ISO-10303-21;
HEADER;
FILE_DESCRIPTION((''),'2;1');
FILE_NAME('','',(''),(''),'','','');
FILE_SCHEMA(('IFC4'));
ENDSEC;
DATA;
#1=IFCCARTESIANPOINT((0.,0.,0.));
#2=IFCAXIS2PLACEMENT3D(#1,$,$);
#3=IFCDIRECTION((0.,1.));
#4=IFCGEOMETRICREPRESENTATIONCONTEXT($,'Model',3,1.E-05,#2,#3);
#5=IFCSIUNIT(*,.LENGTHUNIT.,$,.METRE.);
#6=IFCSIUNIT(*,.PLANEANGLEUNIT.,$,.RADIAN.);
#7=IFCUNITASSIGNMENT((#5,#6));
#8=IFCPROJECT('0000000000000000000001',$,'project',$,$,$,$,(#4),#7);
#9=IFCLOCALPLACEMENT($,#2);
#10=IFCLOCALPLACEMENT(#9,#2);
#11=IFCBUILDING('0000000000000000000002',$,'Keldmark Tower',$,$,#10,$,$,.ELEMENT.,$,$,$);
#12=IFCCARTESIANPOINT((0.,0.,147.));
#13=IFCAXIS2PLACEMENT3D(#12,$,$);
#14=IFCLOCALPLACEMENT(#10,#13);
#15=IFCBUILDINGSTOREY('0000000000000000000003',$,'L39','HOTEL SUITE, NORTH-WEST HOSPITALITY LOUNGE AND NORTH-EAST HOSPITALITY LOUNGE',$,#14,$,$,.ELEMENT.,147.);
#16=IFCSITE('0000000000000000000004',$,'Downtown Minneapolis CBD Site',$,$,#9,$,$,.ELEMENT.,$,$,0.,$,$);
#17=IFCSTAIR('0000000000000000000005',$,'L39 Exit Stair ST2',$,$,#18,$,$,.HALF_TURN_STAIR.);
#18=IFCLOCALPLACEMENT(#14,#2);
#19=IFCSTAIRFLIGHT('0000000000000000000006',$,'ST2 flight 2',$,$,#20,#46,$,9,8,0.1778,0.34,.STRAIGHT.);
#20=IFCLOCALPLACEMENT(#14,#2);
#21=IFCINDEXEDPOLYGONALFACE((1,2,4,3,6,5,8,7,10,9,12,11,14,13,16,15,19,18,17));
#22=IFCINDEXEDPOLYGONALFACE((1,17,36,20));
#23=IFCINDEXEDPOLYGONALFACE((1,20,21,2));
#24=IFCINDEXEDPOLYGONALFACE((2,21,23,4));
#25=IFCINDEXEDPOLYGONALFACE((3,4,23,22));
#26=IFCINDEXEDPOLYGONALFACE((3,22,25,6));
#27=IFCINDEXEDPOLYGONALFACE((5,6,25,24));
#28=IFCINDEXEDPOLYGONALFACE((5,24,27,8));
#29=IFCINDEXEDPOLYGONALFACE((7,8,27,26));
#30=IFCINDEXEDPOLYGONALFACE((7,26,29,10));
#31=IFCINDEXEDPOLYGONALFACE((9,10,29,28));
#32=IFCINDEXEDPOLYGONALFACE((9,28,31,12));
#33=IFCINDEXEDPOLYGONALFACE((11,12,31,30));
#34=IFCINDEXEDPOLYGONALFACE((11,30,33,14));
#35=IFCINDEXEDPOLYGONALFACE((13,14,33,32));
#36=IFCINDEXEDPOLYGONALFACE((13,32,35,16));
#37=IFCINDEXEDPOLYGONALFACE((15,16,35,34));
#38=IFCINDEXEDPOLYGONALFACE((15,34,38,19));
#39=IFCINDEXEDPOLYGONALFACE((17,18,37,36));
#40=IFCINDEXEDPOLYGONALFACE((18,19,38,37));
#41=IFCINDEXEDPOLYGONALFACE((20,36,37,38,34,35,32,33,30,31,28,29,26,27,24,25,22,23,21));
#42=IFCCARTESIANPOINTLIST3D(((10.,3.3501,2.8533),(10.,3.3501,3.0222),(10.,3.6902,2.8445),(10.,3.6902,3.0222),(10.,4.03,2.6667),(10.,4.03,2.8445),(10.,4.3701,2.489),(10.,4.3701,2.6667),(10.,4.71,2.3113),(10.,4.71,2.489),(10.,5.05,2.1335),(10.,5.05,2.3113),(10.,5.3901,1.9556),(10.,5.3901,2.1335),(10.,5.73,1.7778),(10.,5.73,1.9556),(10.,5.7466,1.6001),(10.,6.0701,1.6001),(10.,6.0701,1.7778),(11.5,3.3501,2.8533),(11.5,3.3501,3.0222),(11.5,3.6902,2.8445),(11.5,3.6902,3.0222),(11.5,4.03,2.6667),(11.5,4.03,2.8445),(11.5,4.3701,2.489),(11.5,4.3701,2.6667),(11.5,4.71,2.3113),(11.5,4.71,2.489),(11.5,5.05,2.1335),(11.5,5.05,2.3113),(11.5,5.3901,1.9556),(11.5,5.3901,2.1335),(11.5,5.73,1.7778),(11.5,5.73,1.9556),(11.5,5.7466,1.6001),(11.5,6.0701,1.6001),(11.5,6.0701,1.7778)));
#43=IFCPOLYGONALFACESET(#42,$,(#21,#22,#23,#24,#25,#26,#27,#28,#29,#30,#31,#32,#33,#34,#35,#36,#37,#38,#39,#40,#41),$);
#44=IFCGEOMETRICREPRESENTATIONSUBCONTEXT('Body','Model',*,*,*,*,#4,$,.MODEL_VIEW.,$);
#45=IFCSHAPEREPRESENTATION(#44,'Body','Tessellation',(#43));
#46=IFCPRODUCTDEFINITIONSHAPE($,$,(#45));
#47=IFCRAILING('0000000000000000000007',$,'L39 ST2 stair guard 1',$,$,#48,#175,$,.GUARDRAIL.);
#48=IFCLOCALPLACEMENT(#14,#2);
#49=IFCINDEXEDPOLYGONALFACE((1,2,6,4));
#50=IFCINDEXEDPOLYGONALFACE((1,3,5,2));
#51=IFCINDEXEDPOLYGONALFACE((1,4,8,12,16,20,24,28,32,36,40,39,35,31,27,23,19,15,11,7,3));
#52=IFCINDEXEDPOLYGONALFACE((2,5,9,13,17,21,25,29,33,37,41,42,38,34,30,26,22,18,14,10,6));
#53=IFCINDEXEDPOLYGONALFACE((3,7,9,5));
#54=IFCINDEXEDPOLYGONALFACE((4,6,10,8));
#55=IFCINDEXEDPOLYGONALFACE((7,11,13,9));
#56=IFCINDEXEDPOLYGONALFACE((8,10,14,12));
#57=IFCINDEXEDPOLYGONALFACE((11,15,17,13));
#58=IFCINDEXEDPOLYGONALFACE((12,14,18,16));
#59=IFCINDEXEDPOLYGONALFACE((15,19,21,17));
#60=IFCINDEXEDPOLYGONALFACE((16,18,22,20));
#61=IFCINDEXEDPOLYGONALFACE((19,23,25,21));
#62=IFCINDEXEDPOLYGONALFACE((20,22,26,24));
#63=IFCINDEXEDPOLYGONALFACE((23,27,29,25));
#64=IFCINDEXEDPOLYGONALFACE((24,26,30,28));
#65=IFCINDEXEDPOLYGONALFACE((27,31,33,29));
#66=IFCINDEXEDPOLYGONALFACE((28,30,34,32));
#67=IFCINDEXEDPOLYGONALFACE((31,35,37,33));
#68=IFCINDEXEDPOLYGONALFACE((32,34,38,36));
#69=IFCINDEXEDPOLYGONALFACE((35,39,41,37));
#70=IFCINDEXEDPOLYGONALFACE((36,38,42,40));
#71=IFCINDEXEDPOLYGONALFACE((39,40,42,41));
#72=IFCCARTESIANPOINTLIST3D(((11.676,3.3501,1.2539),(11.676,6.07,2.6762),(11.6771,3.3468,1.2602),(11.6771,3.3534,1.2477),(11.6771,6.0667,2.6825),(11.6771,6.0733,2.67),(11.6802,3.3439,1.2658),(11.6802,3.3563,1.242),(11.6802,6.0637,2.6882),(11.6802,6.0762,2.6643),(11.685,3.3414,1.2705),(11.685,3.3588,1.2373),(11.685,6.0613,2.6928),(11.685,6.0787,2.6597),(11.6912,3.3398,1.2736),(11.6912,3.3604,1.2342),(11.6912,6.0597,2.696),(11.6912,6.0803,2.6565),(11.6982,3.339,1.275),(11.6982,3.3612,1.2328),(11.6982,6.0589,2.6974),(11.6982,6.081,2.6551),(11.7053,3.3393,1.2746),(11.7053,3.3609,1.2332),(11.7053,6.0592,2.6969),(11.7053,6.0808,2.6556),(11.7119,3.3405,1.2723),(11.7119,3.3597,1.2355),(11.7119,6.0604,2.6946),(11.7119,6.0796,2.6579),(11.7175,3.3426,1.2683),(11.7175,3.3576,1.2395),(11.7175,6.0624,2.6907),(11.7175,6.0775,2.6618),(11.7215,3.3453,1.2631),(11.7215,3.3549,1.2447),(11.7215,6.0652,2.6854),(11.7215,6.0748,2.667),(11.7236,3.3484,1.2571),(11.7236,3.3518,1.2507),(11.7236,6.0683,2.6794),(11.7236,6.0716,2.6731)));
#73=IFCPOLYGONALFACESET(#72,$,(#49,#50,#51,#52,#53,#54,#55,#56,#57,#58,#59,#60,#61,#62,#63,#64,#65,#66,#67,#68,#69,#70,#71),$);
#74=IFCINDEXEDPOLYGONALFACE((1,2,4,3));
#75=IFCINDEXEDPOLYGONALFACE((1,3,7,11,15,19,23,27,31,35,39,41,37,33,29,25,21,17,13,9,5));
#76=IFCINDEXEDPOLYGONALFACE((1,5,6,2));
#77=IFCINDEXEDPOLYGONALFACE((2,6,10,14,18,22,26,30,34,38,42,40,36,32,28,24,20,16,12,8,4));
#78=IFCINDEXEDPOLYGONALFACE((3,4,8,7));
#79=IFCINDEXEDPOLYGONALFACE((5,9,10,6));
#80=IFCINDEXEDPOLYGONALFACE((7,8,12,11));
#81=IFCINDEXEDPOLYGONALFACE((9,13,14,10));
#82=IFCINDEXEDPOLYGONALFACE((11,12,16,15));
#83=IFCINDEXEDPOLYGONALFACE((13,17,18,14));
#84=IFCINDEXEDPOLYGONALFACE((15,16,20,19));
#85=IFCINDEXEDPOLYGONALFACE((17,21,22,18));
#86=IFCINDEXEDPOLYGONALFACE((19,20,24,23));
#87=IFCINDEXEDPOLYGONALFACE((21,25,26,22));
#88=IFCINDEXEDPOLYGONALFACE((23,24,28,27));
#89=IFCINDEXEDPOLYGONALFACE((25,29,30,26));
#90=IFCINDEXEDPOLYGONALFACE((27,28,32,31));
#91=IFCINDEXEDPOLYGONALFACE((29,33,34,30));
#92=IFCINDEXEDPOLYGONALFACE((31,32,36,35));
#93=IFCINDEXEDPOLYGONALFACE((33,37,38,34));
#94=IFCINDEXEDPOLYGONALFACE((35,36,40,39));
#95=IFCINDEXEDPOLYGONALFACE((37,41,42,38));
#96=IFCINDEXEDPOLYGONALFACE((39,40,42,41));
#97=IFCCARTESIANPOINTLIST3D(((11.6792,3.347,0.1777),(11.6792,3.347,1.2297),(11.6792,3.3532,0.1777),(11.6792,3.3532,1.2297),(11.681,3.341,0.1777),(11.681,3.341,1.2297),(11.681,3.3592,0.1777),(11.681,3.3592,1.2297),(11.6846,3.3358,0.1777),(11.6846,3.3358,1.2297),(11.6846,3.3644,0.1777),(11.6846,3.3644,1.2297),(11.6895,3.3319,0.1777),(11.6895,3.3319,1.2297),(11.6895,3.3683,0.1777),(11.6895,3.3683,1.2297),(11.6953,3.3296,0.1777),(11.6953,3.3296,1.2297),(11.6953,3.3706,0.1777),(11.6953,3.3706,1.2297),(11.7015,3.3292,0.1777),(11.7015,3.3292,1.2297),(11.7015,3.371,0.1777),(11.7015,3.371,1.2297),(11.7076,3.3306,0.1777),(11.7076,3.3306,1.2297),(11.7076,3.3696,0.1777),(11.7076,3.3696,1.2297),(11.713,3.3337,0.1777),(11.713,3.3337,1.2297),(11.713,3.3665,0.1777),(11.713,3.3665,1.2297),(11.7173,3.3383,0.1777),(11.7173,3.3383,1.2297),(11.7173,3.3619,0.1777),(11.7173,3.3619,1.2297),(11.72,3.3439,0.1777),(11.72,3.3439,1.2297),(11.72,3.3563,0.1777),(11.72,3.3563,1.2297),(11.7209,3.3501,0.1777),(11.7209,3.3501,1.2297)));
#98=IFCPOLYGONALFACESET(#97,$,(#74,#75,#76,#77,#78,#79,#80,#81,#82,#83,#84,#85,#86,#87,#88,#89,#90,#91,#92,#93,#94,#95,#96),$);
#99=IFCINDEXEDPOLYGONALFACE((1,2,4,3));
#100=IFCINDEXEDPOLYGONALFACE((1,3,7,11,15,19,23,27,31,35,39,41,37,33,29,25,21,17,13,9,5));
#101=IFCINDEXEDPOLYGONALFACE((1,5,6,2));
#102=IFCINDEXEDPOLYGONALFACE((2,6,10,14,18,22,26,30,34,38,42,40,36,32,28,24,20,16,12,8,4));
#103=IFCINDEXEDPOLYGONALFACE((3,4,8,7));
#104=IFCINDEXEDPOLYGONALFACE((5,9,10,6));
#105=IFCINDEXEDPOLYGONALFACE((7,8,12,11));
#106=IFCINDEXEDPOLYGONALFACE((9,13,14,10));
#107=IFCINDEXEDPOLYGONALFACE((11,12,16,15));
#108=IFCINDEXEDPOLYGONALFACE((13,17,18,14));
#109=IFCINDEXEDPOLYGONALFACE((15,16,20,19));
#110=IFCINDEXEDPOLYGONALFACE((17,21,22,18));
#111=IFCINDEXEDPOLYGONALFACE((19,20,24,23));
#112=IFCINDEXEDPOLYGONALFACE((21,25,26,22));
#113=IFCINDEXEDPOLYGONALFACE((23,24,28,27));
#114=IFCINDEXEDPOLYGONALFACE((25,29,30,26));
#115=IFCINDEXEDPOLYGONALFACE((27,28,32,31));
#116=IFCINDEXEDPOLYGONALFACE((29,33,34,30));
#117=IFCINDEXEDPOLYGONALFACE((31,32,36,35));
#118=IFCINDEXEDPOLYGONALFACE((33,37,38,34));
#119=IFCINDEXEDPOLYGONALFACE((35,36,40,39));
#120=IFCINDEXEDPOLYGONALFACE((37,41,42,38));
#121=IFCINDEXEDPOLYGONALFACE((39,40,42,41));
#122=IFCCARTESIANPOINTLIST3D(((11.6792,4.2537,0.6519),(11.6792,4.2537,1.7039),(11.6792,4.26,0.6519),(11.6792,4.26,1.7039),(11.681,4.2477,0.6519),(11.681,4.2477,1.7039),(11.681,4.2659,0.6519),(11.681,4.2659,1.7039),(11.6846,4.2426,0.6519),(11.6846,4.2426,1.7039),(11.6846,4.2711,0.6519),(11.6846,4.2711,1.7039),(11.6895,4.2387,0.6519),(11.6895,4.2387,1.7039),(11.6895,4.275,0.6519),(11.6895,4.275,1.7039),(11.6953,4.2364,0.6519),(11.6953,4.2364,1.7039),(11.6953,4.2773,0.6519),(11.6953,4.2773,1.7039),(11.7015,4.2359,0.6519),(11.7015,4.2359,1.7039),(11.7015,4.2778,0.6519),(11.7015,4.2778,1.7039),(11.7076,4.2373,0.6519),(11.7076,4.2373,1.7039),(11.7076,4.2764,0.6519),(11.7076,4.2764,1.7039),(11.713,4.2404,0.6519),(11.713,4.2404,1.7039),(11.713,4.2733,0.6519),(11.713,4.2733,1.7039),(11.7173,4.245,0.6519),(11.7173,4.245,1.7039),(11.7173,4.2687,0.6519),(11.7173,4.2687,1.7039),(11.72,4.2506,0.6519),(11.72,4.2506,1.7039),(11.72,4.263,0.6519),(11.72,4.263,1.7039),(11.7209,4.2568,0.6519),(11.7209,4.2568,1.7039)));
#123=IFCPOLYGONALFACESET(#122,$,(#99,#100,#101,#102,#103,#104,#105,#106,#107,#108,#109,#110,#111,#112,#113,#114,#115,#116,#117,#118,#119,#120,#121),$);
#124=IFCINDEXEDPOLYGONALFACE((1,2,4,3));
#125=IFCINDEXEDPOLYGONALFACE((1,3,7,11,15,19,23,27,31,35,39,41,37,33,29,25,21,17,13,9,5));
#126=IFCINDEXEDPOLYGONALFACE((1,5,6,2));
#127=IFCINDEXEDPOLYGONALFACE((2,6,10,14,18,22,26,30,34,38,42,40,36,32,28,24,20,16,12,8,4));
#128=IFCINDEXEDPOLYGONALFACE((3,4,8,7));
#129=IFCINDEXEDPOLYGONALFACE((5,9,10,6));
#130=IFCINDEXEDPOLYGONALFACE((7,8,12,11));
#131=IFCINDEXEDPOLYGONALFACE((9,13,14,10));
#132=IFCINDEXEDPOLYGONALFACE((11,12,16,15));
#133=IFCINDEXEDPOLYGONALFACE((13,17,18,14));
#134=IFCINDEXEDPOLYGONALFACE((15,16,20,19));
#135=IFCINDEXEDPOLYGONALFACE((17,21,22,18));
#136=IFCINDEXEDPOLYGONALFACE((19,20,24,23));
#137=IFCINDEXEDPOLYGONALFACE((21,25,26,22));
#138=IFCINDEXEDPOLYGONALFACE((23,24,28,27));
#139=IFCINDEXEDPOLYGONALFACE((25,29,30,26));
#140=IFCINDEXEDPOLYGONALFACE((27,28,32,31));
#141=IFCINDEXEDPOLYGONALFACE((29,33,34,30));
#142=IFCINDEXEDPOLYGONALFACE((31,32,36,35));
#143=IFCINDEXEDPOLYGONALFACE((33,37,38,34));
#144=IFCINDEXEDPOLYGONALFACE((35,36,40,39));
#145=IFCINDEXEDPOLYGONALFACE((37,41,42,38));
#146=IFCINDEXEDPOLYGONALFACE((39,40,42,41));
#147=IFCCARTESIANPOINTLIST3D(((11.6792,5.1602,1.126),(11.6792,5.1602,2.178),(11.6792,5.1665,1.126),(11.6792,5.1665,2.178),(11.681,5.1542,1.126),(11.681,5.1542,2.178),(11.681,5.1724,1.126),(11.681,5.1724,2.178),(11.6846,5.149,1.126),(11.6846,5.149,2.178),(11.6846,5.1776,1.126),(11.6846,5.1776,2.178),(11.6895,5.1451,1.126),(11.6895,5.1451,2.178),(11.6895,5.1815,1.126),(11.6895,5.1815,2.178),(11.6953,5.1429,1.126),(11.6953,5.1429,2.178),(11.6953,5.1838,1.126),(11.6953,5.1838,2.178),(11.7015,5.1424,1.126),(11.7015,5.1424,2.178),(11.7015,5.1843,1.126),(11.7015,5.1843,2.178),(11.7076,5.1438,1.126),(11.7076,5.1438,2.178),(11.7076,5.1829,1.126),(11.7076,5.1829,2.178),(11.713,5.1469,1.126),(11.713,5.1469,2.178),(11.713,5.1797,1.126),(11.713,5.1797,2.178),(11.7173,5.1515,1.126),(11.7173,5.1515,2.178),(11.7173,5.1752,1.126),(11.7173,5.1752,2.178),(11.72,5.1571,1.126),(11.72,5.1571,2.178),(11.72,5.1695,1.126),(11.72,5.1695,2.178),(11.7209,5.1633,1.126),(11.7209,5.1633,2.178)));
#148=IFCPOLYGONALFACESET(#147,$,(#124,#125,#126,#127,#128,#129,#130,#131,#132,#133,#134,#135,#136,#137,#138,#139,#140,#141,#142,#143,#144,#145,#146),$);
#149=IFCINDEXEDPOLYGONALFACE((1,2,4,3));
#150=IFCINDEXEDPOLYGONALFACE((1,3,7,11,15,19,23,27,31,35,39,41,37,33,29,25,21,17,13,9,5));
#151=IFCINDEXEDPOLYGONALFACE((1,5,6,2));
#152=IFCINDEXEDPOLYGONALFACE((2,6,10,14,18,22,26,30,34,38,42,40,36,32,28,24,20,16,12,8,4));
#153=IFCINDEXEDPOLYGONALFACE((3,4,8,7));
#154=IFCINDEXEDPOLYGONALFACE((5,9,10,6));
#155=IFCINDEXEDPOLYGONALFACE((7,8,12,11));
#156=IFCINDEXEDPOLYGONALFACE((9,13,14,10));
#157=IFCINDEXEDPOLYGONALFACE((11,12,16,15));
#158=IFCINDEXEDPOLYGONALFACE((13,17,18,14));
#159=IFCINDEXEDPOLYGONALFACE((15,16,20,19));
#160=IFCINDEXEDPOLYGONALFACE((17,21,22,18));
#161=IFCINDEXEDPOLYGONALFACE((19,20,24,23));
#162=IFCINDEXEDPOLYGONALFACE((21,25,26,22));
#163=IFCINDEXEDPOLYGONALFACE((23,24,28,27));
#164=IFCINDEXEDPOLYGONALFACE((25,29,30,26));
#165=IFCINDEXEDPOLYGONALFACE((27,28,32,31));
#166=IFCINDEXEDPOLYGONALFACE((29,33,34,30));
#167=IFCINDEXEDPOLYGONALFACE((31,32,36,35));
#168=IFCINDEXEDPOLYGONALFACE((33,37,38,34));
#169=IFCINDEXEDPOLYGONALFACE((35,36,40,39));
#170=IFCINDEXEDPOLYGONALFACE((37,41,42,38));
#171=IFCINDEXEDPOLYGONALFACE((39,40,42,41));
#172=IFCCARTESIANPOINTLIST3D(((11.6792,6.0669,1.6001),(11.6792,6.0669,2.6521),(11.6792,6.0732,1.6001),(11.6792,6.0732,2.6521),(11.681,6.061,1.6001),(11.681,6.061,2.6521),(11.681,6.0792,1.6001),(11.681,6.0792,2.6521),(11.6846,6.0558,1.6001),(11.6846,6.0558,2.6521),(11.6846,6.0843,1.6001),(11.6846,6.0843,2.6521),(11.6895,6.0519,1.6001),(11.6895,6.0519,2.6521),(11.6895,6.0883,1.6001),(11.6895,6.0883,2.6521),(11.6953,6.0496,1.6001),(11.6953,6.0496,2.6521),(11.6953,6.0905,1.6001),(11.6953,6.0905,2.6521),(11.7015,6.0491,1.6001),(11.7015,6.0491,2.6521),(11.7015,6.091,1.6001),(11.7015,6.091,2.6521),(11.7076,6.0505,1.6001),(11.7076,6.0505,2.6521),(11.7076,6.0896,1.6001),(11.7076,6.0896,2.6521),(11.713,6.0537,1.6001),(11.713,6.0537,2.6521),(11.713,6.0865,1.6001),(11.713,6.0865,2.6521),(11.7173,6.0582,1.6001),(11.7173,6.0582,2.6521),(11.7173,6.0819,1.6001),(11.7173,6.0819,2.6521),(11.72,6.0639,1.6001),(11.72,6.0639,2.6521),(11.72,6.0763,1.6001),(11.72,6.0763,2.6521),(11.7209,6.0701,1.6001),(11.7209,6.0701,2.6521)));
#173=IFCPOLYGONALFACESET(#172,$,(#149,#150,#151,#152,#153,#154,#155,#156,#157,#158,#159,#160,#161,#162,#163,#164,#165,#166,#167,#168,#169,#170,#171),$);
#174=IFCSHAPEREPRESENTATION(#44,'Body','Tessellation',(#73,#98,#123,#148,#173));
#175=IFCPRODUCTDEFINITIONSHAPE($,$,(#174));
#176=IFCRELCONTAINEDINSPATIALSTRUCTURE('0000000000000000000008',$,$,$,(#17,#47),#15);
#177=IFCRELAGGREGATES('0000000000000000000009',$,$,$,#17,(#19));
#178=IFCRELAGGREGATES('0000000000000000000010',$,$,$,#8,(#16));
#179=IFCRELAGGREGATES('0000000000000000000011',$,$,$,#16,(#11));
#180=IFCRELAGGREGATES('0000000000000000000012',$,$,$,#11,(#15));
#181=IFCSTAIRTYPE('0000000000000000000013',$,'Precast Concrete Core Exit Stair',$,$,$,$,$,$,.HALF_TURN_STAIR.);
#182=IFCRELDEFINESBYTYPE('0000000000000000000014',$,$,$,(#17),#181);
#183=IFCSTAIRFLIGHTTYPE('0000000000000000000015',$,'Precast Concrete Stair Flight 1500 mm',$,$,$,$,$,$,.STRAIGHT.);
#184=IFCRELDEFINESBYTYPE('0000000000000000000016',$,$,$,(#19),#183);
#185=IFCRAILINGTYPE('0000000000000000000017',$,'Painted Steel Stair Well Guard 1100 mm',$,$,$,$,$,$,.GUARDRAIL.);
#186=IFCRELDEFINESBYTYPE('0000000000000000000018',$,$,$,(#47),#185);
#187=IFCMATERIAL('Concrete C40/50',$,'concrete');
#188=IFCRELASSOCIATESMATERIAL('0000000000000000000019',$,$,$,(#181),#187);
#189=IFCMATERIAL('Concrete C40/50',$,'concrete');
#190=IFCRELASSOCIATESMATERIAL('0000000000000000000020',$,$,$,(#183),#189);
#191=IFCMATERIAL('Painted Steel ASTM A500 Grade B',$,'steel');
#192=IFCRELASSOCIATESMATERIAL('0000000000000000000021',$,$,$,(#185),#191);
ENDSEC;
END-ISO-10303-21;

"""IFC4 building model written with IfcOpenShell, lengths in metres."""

from ifc_helpers import new_model, si_unit, direction, frame, origin, origin_2d, place, context, subcontext, project, spatial, polyline, circle, outline, extrude, material, type_object, element, aggregate, save


model = new_model("IFC4")

# Units and contexts
model_context = context("Model", 3, precision=1e-05, world=origin(), true_north=direction((0.0, 1.0)))
body_context = subcontext(model_context, "Body", "Model", "MODEL_VIEW")
ifc_project = project(units=[si_unit("LENGTHUNIT", "METRE"), si_unit("PLANEANGLEUNIT", "RADIAN")], contexts=[model_context])

# Site, building, storey
site_placement = place(None, origin())
site = spatial("IfcSite", under=ifc_project, at=site_placement, Name="Downtown Minneapolis CBD Site", CompositionType="ELEMENT", RefElevation=0.0)
building_placement = place(site_placement, origin())
building = spatial("IfcBuilding", under=site, at=building_placement, Name="Keldmark Tower", CompositionType="ELEMENT")
storey_placement = place(building_placement, frame((0.0, 0.0, 147.0)))
storey = spatial("IfcBuildingStorey", under=building, at=storey_placement, Name="L39", Description="HOTEL SUITE, NORTH-WEST HOSPITALITY LOUNGE AND NORTH-EAST HOSPITALITY LOUNGE", CompositionType="ELEMENT", Elevation=147.0)

# Stair, stair flight
ifc_material_1 = material(Name="Concrete C40/50", Category="concrete")
stair_type = type_object("IfcStairType", Name="Precast Concrete Core Exit Stair", PredefinedType="HALF_TURN_STAIR", material=ifc_material_1)
stair_placement = place(storey_placement, origin())
stair = element("IfcStair", 1, at=stair_placement, inside=storey, type_object=stair_type, Name="L39 Exit Stair ST2", PredefinedType="HALF_TURN_STAIR")
ifc_material_2 = material(Name="Concrete C40/50", Category="concrete")
stair_flight_type = type_object("IfcStairFlightType", Name="Precast Concrete Stair Flight 1500 mm", PredefinedType="STRAIGHT", material=ifc_material_2)
stair_flight_placement = place(storey_placement, frame((10.75, 6.0701, 1.6001), z_axis=(0.0, 0.0, 1.0), x_axis=(0.0, -1.0, 0.0)))
stair_flight = element("IfcStairFlight", 2, at=stair_flight_placement, type_object=stair_flight_type, Name="ST2 flight 2", NumberOfRisers=9, NumberOfTreads=8, PredefinedType="STRAIGHT", RiserHeight=0.1778, TreadLength=0.34, context=body_context, shape_type="SweptSolid", body=[
    extrude(outline(polyline([(0.0, 0.0), (0.0, 0.1777), (0.3401, 0.1777), (0.3401, 0.3555), (0.6799, 0.3555), (0.6799, 0.5334), (1.02, 0.5334), (1.02, 0.7112), (1.3601, 0.7112), (1.3601, 0.8889), (1.7, 0.8889), (1.7, 1.0667), (2.04, 1.0667), (2.04, 1.2444), (2.3799, 1.2444), (2.3799, 1.4221), (2.72, 1.4221), (2.72, 1.6001), (2.72, 1.2532), (0.3235, 0.0), (0.0, 0.0)])), frame((0.0, 0.75, 0.0), z_axis=(0.0, -1.0, 0.0), x_axis=(1.0, 0.0, 0.0)), (0.0, 0.0, 1.0), 1.5),
])
aggregate(stair, [stair_flight])

# Railing
ifc_material_3 = material(Name="Painted Steel ASTM A500 Grade B", Category="steel")
railing_type_1 = type_object("IfcRailingType", Name="Painted Steel Stair Well Guard 1100 mm", PredefinedType="GUARDRAIL", material=ifc_material_3)
railing_1_placement = place(storey_placement, frame((11.7, 3.3501, 0.1777)))
element("IfcRailing", 3, at=railing_1_placement, inside=storey, type_object=railing_type_1, Name="L39 ST2 stair guard 1", PredefinedType="GUARDRAIL", context=body_context, shape_type="SweptSolid", body=[
    extrude(circle(Radius=0.0239, at=origin_2d()), frame((0.0, 0.0, 1.0762), z_axis=(0.0, 0.88615, 0.463398), x_axis=(-1.0, 0.0, 0.0)), (0.0, 0.0, 1.0), 3.0693),
    extrude(circle(Radius=0.021, at=origin_2d()), origin(), (0.0, 0.0, 1.0), 1.052),
    extrude(circle(Radius=0.021, at=origin_2d()), frame((0.0, 0.9067, 0.4741)), (0.0, 0.0, 1.0), 1.052),
    extrude(circle(Radius=0.021, at=origin_2d()), frame((0.0, 1.8132, 0.9482)), (0.0, 0.0, 1.0), 1.052),
    extrude(circle(Radius=0.021, at=origin_2d()), frame((0.0, 2.72, 1.4224)), (0.0, 0.0, 1.0), 1.052),
])

save(model, "model.ifc")
